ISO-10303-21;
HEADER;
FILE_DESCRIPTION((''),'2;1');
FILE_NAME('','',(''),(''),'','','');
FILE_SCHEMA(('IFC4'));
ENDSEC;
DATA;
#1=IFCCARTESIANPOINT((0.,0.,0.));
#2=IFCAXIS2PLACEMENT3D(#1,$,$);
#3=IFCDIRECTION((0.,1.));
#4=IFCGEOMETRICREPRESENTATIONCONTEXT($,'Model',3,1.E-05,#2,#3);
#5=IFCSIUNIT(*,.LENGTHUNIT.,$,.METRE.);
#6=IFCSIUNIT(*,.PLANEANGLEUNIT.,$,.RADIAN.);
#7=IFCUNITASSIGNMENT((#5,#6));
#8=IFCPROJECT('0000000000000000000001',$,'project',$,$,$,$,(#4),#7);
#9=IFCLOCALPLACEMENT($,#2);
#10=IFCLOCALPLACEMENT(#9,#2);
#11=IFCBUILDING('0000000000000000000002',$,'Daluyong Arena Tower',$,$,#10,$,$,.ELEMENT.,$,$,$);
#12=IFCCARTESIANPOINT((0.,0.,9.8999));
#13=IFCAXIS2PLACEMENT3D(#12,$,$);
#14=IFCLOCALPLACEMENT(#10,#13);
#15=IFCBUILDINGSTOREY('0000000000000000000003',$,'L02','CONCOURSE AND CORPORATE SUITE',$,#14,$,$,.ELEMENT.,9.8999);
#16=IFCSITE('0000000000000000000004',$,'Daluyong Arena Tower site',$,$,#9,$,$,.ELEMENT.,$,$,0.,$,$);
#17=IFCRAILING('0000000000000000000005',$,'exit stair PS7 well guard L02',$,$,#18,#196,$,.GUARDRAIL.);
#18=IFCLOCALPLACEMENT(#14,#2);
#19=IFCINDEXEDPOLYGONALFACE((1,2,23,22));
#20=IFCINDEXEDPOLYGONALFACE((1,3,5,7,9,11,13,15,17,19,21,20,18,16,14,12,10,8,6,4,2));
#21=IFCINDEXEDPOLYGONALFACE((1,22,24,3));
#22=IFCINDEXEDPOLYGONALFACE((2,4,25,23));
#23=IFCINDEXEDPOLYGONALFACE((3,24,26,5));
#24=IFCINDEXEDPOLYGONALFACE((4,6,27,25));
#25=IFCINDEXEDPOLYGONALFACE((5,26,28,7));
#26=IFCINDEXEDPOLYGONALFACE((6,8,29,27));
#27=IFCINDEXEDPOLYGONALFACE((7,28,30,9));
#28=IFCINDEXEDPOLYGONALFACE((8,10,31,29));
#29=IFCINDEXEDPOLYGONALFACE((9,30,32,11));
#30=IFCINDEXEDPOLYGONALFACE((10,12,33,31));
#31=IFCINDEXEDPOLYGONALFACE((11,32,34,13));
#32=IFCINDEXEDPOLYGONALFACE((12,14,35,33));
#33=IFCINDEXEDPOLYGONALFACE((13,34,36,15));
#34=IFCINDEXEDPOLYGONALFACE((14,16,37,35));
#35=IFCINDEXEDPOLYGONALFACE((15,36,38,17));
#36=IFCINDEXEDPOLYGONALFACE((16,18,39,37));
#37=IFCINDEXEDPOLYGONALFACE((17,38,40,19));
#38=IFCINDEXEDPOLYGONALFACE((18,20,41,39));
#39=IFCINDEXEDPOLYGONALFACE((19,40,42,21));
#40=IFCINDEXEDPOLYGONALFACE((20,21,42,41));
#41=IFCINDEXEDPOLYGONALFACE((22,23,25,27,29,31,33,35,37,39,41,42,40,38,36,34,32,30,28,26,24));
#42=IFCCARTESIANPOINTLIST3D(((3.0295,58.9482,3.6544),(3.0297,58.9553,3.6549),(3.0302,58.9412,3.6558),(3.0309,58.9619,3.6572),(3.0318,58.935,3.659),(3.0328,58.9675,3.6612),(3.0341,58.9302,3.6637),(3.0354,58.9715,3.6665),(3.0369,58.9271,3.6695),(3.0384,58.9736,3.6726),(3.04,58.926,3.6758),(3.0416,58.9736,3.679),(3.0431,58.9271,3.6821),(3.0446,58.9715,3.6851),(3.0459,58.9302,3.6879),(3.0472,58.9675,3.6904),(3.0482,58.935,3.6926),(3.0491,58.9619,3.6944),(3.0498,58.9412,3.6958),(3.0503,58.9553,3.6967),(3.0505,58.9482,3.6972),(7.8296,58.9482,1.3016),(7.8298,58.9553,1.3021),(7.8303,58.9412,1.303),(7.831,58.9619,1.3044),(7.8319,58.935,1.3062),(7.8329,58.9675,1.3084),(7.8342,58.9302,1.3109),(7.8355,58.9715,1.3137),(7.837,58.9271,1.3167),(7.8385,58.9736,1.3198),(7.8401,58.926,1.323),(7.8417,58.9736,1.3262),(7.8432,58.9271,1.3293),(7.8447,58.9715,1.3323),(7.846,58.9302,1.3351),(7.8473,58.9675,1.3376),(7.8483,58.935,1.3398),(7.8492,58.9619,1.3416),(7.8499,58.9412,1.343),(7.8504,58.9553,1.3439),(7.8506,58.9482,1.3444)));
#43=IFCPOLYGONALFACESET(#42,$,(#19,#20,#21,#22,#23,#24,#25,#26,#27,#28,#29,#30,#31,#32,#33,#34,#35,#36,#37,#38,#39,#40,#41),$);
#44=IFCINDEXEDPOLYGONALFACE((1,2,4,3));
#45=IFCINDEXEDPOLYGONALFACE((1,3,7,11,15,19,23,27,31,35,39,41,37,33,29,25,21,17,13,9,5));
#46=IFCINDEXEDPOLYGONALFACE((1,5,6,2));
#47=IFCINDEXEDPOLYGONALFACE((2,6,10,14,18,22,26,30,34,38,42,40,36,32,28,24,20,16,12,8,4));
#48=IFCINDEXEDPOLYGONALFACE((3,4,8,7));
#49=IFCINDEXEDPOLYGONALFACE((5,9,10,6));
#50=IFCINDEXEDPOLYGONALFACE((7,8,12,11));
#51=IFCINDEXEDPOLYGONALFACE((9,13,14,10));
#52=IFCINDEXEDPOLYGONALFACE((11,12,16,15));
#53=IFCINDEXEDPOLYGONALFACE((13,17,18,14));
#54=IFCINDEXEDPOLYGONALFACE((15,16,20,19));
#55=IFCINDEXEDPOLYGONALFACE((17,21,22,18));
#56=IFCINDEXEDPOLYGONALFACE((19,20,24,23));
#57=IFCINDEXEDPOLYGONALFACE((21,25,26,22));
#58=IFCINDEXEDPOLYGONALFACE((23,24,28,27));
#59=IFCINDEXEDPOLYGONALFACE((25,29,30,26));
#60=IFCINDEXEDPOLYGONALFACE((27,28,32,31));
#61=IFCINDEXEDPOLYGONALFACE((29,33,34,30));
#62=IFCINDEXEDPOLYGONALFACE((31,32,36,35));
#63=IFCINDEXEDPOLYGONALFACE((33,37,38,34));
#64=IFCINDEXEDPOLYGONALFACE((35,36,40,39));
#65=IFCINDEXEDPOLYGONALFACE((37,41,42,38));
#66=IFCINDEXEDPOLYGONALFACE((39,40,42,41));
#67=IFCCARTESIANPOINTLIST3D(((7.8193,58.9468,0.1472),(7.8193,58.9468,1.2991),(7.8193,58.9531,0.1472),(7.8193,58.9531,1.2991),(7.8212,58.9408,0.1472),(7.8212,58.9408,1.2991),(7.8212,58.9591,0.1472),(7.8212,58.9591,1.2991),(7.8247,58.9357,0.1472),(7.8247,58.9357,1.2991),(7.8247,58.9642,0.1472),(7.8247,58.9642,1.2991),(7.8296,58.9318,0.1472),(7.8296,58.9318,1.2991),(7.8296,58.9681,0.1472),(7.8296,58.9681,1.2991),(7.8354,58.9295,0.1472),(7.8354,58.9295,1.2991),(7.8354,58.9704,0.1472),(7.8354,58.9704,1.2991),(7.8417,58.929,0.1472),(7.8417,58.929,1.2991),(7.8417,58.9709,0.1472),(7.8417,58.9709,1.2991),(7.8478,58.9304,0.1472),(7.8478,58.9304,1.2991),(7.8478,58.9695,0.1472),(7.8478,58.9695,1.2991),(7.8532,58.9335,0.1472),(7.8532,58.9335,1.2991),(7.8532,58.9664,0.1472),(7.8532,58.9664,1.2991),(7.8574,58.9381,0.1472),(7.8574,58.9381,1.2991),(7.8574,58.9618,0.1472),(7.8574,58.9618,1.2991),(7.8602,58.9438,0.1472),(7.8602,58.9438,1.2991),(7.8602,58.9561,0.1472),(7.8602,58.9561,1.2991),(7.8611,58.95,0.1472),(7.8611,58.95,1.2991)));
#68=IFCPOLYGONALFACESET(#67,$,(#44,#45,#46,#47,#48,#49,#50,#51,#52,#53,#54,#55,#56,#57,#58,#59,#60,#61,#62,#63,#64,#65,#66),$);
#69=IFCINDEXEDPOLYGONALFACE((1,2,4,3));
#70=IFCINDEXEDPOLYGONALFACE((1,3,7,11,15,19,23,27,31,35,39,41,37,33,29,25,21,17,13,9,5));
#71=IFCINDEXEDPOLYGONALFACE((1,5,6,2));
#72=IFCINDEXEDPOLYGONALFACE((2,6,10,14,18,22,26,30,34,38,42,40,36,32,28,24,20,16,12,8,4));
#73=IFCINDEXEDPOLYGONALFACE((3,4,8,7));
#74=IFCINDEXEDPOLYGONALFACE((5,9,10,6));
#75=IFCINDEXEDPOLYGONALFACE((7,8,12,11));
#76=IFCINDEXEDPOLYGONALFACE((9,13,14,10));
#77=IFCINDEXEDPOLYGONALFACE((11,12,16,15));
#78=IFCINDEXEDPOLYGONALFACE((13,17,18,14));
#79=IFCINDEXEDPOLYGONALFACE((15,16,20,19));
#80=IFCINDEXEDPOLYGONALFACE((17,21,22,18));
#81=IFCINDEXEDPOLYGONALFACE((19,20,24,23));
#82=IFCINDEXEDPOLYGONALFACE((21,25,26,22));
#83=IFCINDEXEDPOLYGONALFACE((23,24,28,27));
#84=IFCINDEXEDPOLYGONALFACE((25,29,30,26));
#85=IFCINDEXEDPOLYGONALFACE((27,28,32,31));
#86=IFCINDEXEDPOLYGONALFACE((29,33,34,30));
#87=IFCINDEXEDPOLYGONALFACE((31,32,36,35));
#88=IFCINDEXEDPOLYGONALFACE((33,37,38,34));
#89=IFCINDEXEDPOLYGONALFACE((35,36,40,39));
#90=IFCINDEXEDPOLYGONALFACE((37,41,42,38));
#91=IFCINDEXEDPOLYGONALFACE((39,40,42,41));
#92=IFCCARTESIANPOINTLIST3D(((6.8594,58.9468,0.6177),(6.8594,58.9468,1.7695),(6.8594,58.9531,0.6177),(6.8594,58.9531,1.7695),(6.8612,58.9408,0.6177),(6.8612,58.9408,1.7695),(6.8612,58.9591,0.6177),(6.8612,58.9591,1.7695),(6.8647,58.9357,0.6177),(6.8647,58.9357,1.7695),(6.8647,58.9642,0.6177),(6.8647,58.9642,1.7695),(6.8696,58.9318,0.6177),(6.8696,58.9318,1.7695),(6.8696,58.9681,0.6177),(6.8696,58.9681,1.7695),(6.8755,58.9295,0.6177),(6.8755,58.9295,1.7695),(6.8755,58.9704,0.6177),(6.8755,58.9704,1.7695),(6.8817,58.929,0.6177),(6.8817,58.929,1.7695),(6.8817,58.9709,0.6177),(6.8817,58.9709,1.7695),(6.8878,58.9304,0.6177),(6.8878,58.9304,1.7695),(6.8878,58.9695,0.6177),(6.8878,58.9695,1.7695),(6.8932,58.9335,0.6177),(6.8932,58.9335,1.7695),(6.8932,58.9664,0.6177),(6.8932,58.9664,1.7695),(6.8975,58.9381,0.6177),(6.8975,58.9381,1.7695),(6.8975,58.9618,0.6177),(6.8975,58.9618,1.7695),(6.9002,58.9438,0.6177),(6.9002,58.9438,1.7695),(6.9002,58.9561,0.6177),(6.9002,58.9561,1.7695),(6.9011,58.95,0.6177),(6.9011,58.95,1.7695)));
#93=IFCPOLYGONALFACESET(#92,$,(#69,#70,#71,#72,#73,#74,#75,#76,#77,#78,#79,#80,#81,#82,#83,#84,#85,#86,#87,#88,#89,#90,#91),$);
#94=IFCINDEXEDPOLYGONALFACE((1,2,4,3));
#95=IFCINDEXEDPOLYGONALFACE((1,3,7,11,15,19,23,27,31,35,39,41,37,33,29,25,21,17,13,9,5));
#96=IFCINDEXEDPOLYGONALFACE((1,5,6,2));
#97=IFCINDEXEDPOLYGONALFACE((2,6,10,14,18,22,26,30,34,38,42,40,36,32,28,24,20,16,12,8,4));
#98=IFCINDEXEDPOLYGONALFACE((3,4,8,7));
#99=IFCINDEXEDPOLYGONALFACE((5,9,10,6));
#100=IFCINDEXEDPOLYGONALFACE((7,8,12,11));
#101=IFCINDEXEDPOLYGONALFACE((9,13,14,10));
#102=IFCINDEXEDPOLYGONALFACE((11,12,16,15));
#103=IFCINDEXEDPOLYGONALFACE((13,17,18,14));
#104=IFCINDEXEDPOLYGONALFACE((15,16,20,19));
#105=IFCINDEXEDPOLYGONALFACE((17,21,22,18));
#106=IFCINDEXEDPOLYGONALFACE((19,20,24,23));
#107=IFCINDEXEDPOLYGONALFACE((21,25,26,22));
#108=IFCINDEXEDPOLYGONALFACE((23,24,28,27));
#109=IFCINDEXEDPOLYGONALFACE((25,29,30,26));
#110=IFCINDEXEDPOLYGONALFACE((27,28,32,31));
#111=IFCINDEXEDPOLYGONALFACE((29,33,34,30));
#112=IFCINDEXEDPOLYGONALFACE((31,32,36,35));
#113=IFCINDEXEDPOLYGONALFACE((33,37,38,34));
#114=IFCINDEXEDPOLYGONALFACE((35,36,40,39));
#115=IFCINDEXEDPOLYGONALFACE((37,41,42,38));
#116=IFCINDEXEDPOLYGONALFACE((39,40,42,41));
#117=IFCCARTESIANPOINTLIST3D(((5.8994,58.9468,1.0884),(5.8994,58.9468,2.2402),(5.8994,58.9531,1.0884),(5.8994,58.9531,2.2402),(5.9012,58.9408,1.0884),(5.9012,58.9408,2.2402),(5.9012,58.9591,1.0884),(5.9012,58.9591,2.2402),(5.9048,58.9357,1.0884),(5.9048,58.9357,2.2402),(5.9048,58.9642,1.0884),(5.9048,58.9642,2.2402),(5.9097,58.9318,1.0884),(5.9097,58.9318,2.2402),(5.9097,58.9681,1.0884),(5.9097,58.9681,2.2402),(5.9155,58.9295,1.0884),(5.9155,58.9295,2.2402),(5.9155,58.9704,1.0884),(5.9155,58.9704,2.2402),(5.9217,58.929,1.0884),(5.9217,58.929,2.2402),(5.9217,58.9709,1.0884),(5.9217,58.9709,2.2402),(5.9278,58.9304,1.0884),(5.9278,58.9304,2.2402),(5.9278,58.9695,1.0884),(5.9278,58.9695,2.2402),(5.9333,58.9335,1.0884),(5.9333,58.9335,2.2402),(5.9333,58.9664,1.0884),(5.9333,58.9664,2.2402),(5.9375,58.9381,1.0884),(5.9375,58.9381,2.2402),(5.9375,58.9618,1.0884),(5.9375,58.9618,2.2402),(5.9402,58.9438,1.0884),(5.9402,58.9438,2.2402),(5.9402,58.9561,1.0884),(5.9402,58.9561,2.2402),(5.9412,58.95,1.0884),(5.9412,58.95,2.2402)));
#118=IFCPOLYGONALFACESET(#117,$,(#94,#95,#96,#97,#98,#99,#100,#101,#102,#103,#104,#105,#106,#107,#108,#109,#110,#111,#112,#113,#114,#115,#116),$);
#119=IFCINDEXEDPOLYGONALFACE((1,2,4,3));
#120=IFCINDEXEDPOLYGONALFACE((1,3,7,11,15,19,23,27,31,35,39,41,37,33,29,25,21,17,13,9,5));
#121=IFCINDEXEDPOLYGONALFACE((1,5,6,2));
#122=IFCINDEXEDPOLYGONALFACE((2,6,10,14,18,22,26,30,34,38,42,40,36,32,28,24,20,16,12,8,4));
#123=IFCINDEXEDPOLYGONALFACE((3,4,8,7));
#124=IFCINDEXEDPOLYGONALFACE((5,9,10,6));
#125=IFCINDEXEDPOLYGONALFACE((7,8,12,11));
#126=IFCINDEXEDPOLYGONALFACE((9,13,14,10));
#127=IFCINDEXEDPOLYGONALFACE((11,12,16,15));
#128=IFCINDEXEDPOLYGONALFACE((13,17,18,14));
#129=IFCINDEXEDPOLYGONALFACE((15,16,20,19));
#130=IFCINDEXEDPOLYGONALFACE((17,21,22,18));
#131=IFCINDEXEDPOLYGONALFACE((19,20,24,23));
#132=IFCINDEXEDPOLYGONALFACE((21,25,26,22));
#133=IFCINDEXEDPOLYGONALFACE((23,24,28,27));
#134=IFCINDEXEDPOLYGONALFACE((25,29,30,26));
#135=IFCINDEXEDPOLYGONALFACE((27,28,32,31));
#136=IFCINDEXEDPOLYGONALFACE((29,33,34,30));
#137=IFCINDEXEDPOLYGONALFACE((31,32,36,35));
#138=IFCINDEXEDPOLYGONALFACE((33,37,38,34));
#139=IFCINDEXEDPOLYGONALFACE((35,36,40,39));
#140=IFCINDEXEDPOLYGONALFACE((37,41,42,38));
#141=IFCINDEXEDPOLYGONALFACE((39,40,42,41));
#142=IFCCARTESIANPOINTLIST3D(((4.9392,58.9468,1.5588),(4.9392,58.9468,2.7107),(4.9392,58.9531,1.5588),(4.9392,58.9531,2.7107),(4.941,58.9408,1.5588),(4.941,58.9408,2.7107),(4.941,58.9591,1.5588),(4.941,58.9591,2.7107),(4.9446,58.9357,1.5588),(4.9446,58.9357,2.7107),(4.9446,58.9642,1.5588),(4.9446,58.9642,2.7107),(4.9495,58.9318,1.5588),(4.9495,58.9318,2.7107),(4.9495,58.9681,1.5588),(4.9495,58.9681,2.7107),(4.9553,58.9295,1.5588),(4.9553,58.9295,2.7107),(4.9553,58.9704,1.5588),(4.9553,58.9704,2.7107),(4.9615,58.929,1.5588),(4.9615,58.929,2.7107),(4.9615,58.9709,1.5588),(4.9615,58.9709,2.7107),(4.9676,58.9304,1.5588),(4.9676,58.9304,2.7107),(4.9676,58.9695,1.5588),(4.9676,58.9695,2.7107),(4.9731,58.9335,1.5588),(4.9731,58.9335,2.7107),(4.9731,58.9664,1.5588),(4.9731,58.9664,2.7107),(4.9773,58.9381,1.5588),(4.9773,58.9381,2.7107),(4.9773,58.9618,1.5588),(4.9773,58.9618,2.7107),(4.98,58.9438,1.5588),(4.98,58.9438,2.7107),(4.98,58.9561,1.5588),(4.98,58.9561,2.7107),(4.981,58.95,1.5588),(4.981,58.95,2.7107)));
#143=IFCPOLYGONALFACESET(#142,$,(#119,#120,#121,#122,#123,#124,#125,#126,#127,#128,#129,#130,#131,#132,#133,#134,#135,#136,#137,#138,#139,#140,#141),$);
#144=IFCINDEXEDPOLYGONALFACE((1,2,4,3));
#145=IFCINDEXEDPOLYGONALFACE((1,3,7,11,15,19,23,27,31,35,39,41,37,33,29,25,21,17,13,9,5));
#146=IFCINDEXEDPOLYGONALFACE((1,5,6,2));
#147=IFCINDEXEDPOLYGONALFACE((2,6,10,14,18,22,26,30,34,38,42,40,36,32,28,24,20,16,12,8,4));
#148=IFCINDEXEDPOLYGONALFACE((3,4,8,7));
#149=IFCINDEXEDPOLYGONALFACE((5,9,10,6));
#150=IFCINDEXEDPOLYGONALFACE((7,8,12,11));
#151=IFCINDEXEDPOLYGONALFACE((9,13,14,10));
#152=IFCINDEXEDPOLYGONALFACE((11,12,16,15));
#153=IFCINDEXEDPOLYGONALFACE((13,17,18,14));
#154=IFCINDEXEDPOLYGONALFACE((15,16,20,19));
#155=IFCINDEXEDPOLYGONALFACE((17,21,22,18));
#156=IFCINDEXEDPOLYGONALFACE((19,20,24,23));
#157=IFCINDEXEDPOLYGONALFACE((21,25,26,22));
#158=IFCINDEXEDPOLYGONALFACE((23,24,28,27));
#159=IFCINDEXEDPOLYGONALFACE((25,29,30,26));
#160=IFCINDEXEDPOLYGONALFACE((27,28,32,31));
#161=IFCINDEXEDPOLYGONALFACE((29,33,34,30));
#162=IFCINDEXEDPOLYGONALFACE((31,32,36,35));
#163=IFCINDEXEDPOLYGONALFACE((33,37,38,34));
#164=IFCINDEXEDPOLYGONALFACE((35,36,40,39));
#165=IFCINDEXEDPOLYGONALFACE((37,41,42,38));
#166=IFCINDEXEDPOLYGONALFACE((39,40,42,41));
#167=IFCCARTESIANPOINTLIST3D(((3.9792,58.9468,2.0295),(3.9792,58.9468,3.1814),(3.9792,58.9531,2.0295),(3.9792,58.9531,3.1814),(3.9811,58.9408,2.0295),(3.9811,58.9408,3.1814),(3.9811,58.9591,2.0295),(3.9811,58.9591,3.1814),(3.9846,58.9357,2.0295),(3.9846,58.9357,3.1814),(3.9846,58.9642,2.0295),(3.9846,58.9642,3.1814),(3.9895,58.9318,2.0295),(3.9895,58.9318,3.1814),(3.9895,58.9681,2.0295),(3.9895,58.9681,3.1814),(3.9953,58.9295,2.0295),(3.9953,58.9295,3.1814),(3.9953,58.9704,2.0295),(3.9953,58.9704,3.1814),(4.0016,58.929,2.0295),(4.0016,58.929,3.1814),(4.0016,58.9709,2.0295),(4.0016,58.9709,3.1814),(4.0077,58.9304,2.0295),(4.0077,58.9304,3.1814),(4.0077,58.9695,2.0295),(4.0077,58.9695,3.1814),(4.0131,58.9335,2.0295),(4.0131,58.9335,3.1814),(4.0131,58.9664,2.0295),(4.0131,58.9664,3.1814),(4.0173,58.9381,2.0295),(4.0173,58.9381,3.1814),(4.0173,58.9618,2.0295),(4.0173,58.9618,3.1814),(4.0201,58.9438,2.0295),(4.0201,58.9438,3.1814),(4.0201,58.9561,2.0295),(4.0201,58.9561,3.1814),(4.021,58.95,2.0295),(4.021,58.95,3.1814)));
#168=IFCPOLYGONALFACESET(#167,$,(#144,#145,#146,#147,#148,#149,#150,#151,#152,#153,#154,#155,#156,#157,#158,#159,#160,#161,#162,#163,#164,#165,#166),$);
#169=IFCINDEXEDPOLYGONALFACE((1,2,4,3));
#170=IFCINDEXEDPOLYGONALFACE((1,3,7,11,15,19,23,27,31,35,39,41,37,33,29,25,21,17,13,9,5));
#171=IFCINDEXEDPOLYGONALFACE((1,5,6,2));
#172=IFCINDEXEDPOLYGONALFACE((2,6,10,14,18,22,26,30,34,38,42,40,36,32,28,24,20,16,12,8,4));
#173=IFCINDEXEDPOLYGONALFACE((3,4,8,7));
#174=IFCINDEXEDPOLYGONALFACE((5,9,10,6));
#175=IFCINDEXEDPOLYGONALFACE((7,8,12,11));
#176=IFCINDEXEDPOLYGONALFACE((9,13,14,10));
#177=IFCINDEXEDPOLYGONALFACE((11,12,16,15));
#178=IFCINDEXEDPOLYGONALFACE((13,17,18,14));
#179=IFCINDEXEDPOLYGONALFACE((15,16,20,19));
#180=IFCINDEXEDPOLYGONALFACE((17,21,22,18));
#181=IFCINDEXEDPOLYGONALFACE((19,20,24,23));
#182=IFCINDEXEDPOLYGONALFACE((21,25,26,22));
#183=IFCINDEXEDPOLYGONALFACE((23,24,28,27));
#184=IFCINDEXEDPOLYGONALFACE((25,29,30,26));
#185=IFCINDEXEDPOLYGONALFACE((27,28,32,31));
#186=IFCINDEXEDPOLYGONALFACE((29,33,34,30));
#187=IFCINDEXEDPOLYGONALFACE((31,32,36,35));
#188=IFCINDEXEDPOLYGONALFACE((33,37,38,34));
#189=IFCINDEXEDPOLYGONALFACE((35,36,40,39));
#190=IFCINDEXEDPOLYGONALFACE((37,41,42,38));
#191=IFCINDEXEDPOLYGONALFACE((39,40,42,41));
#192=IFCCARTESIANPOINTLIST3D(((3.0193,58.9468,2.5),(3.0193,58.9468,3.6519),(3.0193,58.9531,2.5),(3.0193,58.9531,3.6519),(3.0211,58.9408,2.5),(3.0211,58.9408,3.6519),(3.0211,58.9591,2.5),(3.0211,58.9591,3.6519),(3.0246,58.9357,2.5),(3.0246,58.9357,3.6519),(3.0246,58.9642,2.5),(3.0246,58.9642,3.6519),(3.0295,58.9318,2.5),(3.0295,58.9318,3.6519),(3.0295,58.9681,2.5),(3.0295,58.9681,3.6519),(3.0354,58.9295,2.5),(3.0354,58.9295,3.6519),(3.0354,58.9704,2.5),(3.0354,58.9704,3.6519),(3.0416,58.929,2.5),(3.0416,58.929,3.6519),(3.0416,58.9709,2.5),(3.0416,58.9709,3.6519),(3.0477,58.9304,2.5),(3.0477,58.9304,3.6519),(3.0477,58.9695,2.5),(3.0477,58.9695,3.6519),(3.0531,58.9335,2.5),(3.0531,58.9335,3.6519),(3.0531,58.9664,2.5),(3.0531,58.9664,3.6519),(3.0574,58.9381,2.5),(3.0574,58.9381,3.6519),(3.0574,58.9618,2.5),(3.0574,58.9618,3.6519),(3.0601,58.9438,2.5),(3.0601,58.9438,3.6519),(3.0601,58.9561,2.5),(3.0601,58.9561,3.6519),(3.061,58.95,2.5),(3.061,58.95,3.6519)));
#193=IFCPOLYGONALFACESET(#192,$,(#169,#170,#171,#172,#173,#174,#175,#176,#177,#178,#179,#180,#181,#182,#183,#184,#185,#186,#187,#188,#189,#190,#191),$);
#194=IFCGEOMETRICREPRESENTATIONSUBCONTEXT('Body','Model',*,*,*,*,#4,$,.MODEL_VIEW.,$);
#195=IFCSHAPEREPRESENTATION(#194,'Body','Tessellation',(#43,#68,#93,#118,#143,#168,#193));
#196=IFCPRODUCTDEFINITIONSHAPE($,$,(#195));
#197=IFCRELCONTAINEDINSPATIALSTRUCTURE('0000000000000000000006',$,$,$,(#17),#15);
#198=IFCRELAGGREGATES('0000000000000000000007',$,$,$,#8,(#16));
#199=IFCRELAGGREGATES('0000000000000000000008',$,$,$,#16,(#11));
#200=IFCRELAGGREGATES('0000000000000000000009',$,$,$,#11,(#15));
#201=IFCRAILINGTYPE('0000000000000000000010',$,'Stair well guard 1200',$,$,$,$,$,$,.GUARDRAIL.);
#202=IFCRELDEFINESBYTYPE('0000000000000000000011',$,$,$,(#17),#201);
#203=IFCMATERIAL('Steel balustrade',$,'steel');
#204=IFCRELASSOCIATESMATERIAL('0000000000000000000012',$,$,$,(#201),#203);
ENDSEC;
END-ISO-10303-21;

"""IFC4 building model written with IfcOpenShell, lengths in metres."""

from ifc_helpers import new_model, si_unit, direction, frame, origin, origin_2d, place, context, subcontext, project, spatial, circle, extrude, material, type_object, element, save


model = new_model("IFC4")

# Units and contexts
model_context = context("Model", 3, precision=1e-05, world=origin(), true_north=direction((0.0, 1.0)))
body_context = subcontext(model_context, "Body", "Model", "MODEL_VIEW")
ifc_project = project(units=[si_unit("LENGTHUNIT", "METRE"), si_unit("PLANEANGLEUNIT", "RADIAN")], contexts=[model_context])

# Site, building, storey
site_placement = place(None, origin())
site = spatial("IfcSite", under=ifc_project, at=site_placement, Name="Daluyong Arena Tower site", CompositionType="ELEMENT", RefElevation=0.0)
building_placement = place(site_placement, origin())
building = spatial("IfcBuilding", under=site, at=building_placement, Name="Daluyong Arena Tower", CompositionType="ELEMENT")
storey_placement = place(building_placement, frame((0.0, 0.0, 9.8999)))
storey = spatial("IfcBuildingStorey", under=building, at=storey_placement, Name="L02", Description="CONCOURSE AND CORPORATE SUITE", CompositionType="ELEMENT", Elevation=9.8999)

# Railing
ifc_material_1 = material(Name="Steel balustrade", Category="steel")
railing_type_1 = type_object("IfcRailingType", Name="Stair well guard 1200", PredefinedType="GUARDRAIL", material=ifc_material_1)
railing_1_placement = place(storey_placement, frame((7.8401, 58.95, 0.1472)))
element("IfcRailing", 1, at=railing_1_placement, inside=storey, type_object=railing_type_1, Name="exit stair PS7 well guard L02", PredefinedType="GUARDRAIL", context=body_context, shape_type="SweptSolid", body=[
    extrude(circle(Radius=0.0239, at=origin_2d()), frame((0.0, 0.0, 1.1758), z_axis=(-0.897934, 0.0, 0.44013), x_axis=(0.0, -1.0, 0.0)), (0.0, 0.0, 1.0), 5.3457),
    extrude(circle(Radius=0.021, at=origin_2d()), origin(), (0.0, 0.0, 1.0), 1.1519),
    extrude(circle(Radius=0.021, at=origin_2d()), frame((-0.96, 0.0, 0.4705)), (0.0, 0.0, 1.0), 1.1519),
    extrude(circle(Radius=0.021, at=origin_2d()), frame((-1.9199, 0.0, 0.9412)), (0.0, 0.0, 1.0), 1.1519),
    extrude(circle(Radius=0.021, at=origin_2d()), frame((-2.8801, 0.0, 1.4116)), (0.0, 0.0, 1.0), 1.1519),
    extrude(circle(Radius=0.021, at=origin_2d()), frame((-3.8401, 0.0, 1.8823)), (0.0, 0.0, 1.0), 1.1519),
    extrude(circle(Radius=0.021, at=origin_2d()), frame((-4.8, 0.0, 2.3528)), (0.0, 0.0, 1.0), 1.1519),
])

save(model, "model.ifc")
